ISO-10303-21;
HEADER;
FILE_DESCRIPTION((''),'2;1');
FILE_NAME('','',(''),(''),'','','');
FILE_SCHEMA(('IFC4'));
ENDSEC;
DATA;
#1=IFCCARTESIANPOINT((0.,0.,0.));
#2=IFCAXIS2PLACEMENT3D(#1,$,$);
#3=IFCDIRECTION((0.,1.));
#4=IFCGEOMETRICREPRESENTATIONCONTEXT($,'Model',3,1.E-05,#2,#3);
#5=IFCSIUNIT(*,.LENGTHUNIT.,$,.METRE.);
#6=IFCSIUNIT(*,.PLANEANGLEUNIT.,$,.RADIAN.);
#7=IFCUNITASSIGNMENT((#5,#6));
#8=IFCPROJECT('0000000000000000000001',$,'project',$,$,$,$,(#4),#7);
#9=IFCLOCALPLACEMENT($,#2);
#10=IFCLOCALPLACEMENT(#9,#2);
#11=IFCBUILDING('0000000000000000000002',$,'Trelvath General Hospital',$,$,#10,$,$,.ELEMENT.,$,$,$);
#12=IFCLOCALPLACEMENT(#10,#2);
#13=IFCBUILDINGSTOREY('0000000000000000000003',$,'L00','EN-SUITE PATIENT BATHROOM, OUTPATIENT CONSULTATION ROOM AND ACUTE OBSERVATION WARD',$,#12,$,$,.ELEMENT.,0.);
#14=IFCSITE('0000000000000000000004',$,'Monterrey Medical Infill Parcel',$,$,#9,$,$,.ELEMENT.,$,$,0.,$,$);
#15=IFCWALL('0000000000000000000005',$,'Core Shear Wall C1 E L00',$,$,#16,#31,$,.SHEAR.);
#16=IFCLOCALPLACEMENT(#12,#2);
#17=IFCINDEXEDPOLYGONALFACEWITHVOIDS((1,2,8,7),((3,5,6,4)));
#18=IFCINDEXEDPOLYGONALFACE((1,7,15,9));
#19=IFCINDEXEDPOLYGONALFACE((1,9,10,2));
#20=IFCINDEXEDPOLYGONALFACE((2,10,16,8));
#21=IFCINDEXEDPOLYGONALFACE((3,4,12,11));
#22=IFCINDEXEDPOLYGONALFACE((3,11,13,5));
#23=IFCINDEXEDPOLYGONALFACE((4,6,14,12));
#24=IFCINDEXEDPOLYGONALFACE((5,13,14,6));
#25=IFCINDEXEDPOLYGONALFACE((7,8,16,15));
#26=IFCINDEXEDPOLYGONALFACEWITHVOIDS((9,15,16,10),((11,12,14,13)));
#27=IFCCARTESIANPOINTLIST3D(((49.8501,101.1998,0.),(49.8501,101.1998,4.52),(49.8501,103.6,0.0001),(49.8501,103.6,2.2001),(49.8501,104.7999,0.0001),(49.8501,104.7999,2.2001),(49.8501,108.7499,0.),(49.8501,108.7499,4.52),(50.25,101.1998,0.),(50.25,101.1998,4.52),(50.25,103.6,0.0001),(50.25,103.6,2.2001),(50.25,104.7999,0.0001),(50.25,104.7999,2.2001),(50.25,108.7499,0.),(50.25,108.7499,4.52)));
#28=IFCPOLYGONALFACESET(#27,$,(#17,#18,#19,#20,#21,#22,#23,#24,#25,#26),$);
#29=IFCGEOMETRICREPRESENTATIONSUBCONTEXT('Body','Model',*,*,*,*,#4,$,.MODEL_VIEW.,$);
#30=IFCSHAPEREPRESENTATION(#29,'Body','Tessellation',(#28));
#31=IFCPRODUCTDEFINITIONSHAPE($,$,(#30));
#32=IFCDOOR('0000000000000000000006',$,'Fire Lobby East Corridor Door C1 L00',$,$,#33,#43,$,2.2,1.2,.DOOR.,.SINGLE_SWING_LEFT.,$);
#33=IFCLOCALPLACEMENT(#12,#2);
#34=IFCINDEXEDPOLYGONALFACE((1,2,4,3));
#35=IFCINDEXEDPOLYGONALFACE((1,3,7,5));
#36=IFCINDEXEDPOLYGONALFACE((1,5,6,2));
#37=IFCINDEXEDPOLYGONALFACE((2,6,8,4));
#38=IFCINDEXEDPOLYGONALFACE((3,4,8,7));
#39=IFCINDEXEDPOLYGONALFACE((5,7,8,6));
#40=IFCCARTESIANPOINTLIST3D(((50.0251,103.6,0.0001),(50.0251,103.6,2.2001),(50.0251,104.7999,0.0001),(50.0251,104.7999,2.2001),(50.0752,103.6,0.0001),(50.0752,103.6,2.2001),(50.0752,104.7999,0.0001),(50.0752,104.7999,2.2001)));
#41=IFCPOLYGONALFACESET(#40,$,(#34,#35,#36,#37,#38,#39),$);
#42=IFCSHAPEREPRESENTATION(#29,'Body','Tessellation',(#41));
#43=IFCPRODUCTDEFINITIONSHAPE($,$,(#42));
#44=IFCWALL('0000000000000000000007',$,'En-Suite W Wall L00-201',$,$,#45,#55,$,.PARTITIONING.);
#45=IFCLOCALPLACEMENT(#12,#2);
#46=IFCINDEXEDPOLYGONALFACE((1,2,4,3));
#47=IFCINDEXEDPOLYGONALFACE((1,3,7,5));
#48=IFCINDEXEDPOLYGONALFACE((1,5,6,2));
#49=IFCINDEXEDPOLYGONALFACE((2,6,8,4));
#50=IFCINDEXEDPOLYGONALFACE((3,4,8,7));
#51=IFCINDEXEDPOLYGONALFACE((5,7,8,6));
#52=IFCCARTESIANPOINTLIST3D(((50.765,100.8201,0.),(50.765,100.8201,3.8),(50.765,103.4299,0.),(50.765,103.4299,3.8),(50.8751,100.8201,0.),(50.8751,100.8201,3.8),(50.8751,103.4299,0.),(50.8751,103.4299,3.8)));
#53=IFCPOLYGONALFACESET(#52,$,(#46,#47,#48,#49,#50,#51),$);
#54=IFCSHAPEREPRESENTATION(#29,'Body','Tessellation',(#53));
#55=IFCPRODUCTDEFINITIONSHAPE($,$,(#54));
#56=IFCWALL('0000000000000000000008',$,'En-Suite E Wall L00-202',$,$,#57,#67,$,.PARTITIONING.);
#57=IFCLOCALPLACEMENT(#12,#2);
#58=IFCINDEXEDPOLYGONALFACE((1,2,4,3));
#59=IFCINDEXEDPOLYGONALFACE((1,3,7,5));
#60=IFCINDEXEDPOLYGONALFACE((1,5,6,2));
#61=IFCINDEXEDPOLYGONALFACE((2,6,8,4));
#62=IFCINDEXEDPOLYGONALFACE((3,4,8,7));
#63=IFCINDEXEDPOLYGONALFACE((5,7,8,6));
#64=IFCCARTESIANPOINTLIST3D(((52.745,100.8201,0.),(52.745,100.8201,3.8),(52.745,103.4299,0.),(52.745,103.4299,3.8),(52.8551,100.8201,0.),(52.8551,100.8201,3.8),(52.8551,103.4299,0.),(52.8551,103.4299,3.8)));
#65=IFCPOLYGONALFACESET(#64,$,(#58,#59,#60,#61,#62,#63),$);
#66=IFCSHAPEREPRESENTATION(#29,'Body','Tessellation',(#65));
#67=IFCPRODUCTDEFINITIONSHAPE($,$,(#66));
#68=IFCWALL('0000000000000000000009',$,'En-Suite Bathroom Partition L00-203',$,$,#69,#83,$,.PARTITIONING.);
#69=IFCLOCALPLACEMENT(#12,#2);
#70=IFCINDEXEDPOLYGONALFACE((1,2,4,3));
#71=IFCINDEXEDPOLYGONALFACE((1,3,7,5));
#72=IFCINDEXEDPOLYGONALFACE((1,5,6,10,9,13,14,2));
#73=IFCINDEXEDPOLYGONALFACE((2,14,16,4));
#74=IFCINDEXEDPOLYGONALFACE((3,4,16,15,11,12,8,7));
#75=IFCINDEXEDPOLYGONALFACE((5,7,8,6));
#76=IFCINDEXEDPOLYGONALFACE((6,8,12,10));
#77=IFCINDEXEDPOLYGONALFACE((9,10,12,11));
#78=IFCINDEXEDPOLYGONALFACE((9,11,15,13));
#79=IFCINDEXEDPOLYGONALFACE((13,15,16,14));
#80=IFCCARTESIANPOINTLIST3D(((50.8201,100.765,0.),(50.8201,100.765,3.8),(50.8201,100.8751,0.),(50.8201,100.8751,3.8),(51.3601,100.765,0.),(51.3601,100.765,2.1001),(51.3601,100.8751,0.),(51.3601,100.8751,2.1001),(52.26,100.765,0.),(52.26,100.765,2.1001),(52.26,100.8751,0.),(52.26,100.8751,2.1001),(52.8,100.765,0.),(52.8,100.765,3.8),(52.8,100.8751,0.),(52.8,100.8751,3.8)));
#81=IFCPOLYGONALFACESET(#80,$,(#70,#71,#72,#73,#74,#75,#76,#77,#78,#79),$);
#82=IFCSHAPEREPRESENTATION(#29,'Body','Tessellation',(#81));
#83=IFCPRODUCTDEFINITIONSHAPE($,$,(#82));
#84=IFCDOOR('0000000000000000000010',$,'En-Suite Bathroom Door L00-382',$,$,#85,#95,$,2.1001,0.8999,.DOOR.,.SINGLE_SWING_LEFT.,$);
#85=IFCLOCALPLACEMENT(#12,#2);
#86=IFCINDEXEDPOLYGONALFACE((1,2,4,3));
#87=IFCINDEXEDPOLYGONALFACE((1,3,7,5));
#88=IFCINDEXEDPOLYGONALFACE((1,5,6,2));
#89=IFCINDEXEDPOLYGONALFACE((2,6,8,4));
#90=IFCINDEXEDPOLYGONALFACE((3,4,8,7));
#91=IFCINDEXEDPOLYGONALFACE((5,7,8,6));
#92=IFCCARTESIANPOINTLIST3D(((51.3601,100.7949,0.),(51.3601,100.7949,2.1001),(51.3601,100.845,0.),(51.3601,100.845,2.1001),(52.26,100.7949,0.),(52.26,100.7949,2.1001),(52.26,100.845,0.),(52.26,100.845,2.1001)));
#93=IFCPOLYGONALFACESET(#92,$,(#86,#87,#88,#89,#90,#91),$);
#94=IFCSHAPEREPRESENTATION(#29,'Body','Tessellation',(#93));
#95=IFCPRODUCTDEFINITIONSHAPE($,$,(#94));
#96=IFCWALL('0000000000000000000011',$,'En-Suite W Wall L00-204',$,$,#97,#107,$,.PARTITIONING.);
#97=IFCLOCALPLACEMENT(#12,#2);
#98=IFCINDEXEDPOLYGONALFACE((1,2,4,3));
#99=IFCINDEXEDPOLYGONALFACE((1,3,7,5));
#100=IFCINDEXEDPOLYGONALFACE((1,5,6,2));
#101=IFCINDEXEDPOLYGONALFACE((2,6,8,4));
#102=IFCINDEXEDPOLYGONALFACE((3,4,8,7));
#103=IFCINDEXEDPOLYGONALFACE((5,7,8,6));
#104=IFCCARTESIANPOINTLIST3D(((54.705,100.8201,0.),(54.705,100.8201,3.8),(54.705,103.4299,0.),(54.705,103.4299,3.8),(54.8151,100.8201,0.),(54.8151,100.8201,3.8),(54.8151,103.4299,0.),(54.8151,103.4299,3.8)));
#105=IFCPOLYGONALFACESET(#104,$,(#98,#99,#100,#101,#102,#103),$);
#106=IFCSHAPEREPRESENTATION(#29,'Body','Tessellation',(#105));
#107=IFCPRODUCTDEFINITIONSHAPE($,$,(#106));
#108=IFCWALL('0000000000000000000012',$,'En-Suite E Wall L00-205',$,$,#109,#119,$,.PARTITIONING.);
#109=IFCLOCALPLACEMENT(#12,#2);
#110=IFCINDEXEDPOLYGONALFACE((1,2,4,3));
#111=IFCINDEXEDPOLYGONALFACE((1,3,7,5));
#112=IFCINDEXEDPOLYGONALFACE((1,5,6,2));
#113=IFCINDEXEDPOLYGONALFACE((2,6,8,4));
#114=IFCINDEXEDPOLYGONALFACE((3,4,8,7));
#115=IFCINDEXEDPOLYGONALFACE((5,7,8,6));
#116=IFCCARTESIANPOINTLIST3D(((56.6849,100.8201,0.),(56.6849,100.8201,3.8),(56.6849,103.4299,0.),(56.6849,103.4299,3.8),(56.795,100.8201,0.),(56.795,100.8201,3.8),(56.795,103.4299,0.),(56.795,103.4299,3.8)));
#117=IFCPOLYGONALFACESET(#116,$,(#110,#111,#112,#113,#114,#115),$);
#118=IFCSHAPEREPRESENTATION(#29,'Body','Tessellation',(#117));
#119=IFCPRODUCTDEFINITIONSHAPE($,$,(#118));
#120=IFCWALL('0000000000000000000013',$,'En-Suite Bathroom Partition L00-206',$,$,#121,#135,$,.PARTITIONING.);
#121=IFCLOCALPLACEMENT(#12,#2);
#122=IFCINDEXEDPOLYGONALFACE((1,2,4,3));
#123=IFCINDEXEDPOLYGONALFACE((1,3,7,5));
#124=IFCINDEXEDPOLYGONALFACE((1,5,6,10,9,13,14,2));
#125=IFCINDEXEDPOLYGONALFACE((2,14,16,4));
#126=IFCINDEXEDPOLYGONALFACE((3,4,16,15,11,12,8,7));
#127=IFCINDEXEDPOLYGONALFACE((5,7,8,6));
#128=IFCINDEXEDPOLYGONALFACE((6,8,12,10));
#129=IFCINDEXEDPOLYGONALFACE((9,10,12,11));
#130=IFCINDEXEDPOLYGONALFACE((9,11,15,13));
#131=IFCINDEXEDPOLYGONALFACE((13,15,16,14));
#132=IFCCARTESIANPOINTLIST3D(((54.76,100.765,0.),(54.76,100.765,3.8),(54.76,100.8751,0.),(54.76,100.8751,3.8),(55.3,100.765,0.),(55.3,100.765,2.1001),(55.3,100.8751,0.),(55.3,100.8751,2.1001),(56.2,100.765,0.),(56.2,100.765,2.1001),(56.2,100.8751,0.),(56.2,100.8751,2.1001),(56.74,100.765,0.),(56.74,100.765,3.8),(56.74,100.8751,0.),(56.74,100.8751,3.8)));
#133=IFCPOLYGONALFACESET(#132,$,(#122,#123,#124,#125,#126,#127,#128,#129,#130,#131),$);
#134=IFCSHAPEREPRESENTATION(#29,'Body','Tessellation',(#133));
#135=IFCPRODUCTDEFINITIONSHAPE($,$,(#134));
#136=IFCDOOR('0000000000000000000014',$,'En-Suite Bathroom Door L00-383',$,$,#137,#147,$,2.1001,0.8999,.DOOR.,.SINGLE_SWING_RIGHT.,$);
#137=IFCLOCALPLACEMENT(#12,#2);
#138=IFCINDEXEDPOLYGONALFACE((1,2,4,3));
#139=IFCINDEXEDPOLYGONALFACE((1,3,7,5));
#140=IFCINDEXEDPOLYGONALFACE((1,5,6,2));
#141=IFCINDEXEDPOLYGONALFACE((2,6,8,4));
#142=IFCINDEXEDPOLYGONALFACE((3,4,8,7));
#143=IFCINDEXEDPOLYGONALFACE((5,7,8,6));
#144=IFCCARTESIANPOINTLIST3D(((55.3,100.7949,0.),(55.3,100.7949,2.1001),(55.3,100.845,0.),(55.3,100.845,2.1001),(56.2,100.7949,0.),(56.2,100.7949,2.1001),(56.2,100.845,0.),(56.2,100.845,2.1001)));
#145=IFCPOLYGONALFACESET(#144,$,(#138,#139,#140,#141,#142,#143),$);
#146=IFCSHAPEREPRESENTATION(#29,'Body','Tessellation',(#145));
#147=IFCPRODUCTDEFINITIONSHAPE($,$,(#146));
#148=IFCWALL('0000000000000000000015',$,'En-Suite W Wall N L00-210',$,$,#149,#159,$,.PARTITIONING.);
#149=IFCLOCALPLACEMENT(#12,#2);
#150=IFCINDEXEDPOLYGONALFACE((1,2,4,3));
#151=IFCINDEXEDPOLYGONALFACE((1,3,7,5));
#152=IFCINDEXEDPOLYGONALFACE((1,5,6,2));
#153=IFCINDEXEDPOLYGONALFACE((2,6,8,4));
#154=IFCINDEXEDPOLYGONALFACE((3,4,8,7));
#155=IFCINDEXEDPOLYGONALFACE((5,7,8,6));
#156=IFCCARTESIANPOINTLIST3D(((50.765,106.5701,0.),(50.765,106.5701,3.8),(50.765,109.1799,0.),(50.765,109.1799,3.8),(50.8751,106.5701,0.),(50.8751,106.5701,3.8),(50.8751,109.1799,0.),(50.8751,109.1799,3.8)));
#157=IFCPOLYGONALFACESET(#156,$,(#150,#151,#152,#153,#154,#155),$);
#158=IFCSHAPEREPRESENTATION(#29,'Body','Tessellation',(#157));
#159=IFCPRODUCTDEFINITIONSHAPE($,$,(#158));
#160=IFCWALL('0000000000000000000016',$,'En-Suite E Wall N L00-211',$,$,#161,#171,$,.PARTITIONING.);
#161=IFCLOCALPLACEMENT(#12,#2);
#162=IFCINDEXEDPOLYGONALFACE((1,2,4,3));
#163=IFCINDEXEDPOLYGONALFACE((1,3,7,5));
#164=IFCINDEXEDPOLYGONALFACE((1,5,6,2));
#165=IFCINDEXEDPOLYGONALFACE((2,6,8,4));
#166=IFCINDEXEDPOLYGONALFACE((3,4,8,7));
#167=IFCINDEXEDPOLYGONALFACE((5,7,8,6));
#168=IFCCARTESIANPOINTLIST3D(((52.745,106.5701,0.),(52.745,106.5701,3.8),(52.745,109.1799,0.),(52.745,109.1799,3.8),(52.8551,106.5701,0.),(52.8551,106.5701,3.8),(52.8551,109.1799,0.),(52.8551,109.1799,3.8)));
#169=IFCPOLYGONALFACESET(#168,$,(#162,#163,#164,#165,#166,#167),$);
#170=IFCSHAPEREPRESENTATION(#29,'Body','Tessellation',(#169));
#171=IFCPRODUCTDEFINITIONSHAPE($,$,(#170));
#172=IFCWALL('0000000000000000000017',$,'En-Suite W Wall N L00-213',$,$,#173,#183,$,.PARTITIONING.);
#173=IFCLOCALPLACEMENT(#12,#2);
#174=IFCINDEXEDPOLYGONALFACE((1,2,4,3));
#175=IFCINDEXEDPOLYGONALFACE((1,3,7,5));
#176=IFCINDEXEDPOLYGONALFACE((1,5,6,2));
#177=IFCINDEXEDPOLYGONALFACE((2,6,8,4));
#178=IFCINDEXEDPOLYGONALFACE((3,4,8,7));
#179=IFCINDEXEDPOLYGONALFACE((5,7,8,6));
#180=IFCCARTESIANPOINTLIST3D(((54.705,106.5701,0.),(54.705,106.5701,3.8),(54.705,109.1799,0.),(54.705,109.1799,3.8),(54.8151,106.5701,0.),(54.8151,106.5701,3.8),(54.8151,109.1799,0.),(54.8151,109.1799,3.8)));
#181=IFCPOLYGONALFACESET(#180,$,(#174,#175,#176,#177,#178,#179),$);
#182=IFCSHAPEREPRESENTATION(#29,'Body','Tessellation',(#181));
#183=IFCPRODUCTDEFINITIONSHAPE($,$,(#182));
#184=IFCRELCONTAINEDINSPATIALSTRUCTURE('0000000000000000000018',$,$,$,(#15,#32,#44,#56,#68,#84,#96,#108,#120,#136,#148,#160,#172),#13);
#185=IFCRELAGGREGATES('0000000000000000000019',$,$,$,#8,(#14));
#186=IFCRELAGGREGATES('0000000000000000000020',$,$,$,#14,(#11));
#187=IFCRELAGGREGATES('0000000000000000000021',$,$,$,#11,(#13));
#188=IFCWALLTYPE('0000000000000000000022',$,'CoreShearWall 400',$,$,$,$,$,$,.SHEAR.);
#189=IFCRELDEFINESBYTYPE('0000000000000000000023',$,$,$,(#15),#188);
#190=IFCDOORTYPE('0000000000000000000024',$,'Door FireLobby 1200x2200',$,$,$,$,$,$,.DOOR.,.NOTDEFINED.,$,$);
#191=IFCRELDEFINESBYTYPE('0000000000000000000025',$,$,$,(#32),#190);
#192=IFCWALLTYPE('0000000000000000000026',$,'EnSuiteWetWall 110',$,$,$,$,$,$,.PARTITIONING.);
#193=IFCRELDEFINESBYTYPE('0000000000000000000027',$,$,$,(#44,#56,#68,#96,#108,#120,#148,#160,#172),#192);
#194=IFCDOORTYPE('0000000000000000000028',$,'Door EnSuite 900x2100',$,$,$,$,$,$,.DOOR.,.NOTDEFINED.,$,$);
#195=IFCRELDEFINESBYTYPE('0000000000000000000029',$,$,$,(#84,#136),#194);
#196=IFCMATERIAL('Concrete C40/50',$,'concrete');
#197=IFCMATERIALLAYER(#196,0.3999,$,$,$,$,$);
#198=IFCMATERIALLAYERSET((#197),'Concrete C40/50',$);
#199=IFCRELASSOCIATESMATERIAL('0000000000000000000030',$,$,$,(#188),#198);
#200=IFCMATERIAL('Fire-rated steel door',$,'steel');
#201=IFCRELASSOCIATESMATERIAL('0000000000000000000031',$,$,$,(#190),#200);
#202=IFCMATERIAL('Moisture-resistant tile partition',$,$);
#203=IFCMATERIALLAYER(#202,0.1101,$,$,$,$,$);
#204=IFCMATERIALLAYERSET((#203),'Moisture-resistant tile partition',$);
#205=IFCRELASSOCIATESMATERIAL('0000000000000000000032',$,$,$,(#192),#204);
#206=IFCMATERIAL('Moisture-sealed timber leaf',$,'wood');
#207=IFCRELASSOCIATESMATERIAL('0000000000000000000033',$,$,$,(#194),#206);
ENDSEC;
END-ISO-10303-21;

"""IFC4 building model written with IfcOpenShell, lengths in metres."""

from ifc_helpers import new_model, si_unit, direction, frame, frame_2d, origin, place, context, subcontext, project, spatial, rectangle, extrude, material, layer, layer_set, type_object, element, fill, save


model = new_model("IFC4")

# Units and contexts
model_context = context("Model", 3, precision=1e-05, world=origin(), true_north=direction((0.0, 1.0)))
body_context = subcontext(model_context, "Body", "Model", "MODEL_VIEW")
ifc_project = project(units=[si_unit("LENGTHUNIT", "METRE"), si_unit("PLANEANGLEUNIT", "RADIAN")], contexts=[model_context])

# Site, building, storey
site_placement = place(None, origin())
site = spatial("IfcSite", under=ifc_project, at=site_placement, Name="Monterrey Medical Infill Parcel", CompositionType="ELEMENT", RefElevation=0.0)
building_placement = place(site_placement, origin())
building = spatial("IfcBuilding", under=site, at=building_placement, Name="Trelvath General Hospital", CompositionType="ELEMENT")
storey_placement = place(building_placement, origin())
storey = spatial("IfcBuildingStorey", under=building, at=storey_placement, Name="L00", Description="EN-SUITE PATIENT BATHROOM, OUTPATIENT CONSULTATION ROOM AND ACUTE OBSERVATION WARD", CompositionType="ELEMENT", Elevation=0.0)

# Wall, opening, door
ifc_material_1 = material(Name="Concrete C40/50", Category="concrete")
ifc_layer_1 = layer(ifc_material_1, 0.3999)
ifc_layer_set_1 = layer_set([ifc_layer_1], Name="Concrete C40/50")
wall_type_1 = type_object("IfcWallType", Name="CoreShearWall 400", PredefinedType="SHEAR", material=ifc_layer_set_1)
wall_1_placement = place(storey_placement, frame((50.05, 101.2, 0.0), z_axis=(0.0, 0.0, 1.0), x_axis=(0.0, 1.0, 0.0)))
wall_1 = element("IfcWall", 1, at=wall_1_placement, inside=storey, type_object=wall_type_1, Name="Core Shear Wall C1 E L00", PredefinedType="SHEAR", context=body_context, shape_type="SweptSolid", body=[
    extrude(rectangle(XDim=7.55, YDim=0.3999, at=frame_2d((3.7749, 0.0))), origin(), (0.0, 0.0, 1.0), 4.52),
])
opening_1_placement = place(wall_1_placement, frame((2.3999, 0.0, 0.0)))
opening_1 = element("IfcOpeningElement", 2, at=opening_1_placement, cuts=wall_1, PredefinedType="OPENING", context=body_context, shape_type="SweptSolid", body=[
    extrude(rectangle(XDim=1.2, YDim=2.2, at=frame_2d((0.6001, 1.1001))), frame((0.0, 0.21, 0.0), z_axis=(0.0, -1.0, 0.0), x_axis=(1.0, 0.0, 0.0)), (0.0, 0.0, 1.0), 0.4199),
])
ifc_material_2 = material(Name="Fire-rated steel door", Category="steel")
door_type_1 = type_object("IfcDoorType", Name="Door FireLobby 1200x2200", OperationType="NOTDEFINED", PredefinedType="DOOR", material=ifc_material_2)
door_1_placement = place(opening_1_placement, origin())
door_1 = element("IfcDoor", 3, at=door_1_placement, inside=storey, type_object=door_type_1, Name="Fire Lobby East Corridor Door C1 L00", OperationType="SINGLE_SWING_LEFT", OverallHeight=2.2, OverallWidth=1.2, PredefinedType="DOOR", context=body_context, shape_type="SweptSolid", body=[
    extrude(rectangle(XDim=1.2, YDim=2.2, at=frame_2d((0.6001, 1.1001))), frame((0.0, 0.0249, 0.0), z_axis=(0.0, -1.0, 0.0), x_axis=(1.0, 0.0, 0.0)), (0.0, 0.0, 1.0), 0.05),
])
fill(opening_1, door_1)

# Walls
ifc_material_3 = material(Name="Moisture-resistant tile partition")
ifc_layer_2 = layer(ifc_material_3, 0.1101)
ifc_layer_set_2 = layer_set([ifc_layer_2], Name="Moisture-resistant tile partition")
wall_type_2 = type_object("IfcWallType", Name="EnSuiteWetWall 110", PredefinedType="PARTITIONING", material=ifc_layer_set_2)
for number, where, z_axis, x_axis, name in (
    (4, (50.8201, 100.8201, 0.0), (0.0, 0.0, 1.0), (0.0, 1.0, 0.0), "En-Suite W Wall L00-201"),
    (5, (52.8, 100.8201, 0.0), (0.0, 0.0, 1.0), (0.0, 1.0, 0.0), "En-Suite E Wall L00-202"),
):
    element("IfcWall", number, at=place(storey_placement, frame(where, z_axis=z_axis, x_axis=x_axis)), inside=storey, type_object=wall_type_2, Name=name, PredefinedType="PARTITIONING", context=body_context, shape_type="SweptSolid", body=[
        extrude(rectangle(XDim=2.6099, YDim=0.1101, at=frame_2d((1.3049, 0.0))), origin(), (0.0, 0.0, 1.0), 3.8),
    ])

# Wall, opening, door
wall_2_placement = place(storey_placement, frame((50.8201, 100.8201, 0.0), z_axis=(0.0, 0.0, 1.0), x_axis=(1.0, 0.0, 0.0)))
wall_2 = element("IfcWall", 6, at=wall_2_placement, inside=storey, type_object=wall_type_2, Name="En-Suite Bathroom Partition L00-203", PredefinedType="PARTITIONING", context=body_context, shape_type="SweptSolid", body=[
    extrude(rectangle(XDim=1.98, YDim=0.1101, at=frame_2d((0.99, 0.0))), origin(), (0.0, 0.0, 1.0), 3.8),
])
opening_2_placement = place(wall_2_placement, frame((0.54, 0.0, 0.0)))
opening_2 = element("IfcOpeningElement", 7, at=opening_2_placement, cuts=wall_2, PredefinedType="OPENING", context=body_context, shape_type="SweptSolid", body=[
    extrude(rectangle(XDim=0.8999, YDim=2.1001, at=frame_2d((0.45, 1.05))), frame((0.0, 0.0649, 0.0), z_axis=(0.0, -1.0, 0.0), x_axis=(1.0, 0.0, 0.0)), (0.0, 0.0, 1.0), 0.1301),
])
ifc_material_4 = material(Name="Moisture-sealed timber leaf", Category="wood")
door_type_2 = type_object("IfcDoorType", Name="Door EnSuite 900x2100", OperationType="NOTDEFINED", PredefinedType="DOOR", material=ifc_material_4)
door_2_placement = place(opening_2_placement, origin())
door_2 = element("IfcDoor", 8, at=door_2_placement, inside=storey, type_object=door_type_2, Name="En-Suite Bathroom Door L00-382", OperationType="SINGLE_SWING_LEFT", OverallHeight=2.1001, OverallWidth=0.8999, PredefinedType="DOOR", context=body_context, shape_type="SweptSolid", body=[
    extrude(rectangle(XDim=0.8999, YDim=2.1001, at=frame_2d((0.45, 1.05))), frame((0.0, 0.0249, 0.0), z_axis=(0.0, -1.0, 0.0), x_axis=(1.0, 0.0, 0.0)), (0.0, 0.0, 1.0), 0.05),
])
fill(opening_2, door_2)

# Walls
for number, where, z_axis, x_axis, name in (
    (9, (54.76, 100.8201, 0.0), (0.0, 0.0, 1.0), (0.0, 1.0, 0.0), "En-Suite W Wall L00-204"),
    (10, (56.74, 100.8201, 0.0), (0.0, 0.0, 1.0), (0.0, 1.0, 0.0), "En-Suite E Wall L00-205"),
):
    element("IfcWall", number, at=place(storey_placement, frame(where, z_axis=z_axis, x_axis=x_axis)), inside=storey, type_object=wall_type_2, Name=name, PredefinedType="PARTITIONING", context=body_context, shape_type="SweptSolid", body=[
        extrude(rectangle(XDim=2.6099, YDim=0.1101, at=frame_2d((1.3049, 0.0))), origin(), (0.0, 0.0, 1.0), 3.8),
    ])

# Wall, opening, door
wall_3_placement = place(storey_placement, frame((54.76, 100.8201, 0.0), z_axis=(0.0, 0.0, 1.0), x_axis=(1.0, 0.0, 0.0)))
wall_3 = element("IfcWall", 11, at=wall_3_placement, inside=storey, type_object=wall_type_2, Name="En-Suite Bathroom Partition L00-206", PredefinedType="PARTITIONING", context=body_context, shape_type="SweptSolid", body=[
    extrude(rectangle(XDim=1.98, YDim=0.1101, at=frame_2d((0.99, 0.0))), origin(), (0.0, 0.0, 1.0), 3.8),
])
opening_3_placement = place(wall_3_placement, frame((0.54, 0.0, 0.0)))
opening_3 = element("IfcOpeningElement", 12, at=opening_3_placement, cuts=wall_3, PredefinedType="OPENING", context=body_context, shape_type="SweptSolid", body=[
    extrude(rectangle(XDim=0.8999, YDim=2.1001, at=frame_2d((0.45, 1.05))), frame((0.0, 0.0649, 0.0), z_axis=(0.0, -1.0, 0.0), x_axis=(1.0, 0.0, 0.0)), (0.0, 0.0, 1.0), 0.1301),
])
door_3_placement = place(opening_3_placement, origin())
door_3 = element("IfcDoor", 13, at=door_3_placement, inside=storey, type_object=door_type_2, Name="En-Suite Bathroom Door L00-383", OperationType="SINGLE_SWING_RIGHT", OverallHeight=2.1001, OverallWidth=0.8999, PredefinedType="DOOR", context=body_context, shape_type="SweptSolid", body=[
    extrude(rectangle(XDim=0.8999, YDim=2.1001, at=frame_2d((0.45, 1.05))), frame((0.0, 0.0249, 0.0), z_axis=(0.0, -1.0, 0.0), x_axis=(1.0, 0.0, 0.0)), (0.0, 0.0, 1.0), 0.05),
])
fill(opening_3, door_3)

# Walls
for number, where, z_axis, x_axis, name in (
    (14, (50.8201, 106.5701, 0.0), (0.0, 0.0, 1.0), (0.0, 1.0, 0.0), "En-Suite W Wall N L00-210"),
    (15, (52.8, 106.5701, 0.0), (0.0, 0.0, 1.0), (0.0, 1.0, 0.0), "En-Suite E Wall N L00-211"),
    (16, (54.76, 106.5701, 0.0), (0.0, 0.0, 1.0), (0.0, 1.0, 0.0), "En-Suite W Wall N L00-213"),
):
    element("IfcWall", number, at=place(storey_placement, frame(where, z_axis=z_axis, x_axis=x_axis)), inside=storey, type_object=wall_type_2, Name=name, PredefinedType="PARTITIONING", context=body_context, shape_type="SweptSolid", body=[
        extrude(rectangle(XDim=2.6099, YDim=0.1101, at=frame_2d((1.3049, 0.0))), origin(), (0.0, 0.0, 1.0), 3.8),
    ])

save(model, "model.ifc")
